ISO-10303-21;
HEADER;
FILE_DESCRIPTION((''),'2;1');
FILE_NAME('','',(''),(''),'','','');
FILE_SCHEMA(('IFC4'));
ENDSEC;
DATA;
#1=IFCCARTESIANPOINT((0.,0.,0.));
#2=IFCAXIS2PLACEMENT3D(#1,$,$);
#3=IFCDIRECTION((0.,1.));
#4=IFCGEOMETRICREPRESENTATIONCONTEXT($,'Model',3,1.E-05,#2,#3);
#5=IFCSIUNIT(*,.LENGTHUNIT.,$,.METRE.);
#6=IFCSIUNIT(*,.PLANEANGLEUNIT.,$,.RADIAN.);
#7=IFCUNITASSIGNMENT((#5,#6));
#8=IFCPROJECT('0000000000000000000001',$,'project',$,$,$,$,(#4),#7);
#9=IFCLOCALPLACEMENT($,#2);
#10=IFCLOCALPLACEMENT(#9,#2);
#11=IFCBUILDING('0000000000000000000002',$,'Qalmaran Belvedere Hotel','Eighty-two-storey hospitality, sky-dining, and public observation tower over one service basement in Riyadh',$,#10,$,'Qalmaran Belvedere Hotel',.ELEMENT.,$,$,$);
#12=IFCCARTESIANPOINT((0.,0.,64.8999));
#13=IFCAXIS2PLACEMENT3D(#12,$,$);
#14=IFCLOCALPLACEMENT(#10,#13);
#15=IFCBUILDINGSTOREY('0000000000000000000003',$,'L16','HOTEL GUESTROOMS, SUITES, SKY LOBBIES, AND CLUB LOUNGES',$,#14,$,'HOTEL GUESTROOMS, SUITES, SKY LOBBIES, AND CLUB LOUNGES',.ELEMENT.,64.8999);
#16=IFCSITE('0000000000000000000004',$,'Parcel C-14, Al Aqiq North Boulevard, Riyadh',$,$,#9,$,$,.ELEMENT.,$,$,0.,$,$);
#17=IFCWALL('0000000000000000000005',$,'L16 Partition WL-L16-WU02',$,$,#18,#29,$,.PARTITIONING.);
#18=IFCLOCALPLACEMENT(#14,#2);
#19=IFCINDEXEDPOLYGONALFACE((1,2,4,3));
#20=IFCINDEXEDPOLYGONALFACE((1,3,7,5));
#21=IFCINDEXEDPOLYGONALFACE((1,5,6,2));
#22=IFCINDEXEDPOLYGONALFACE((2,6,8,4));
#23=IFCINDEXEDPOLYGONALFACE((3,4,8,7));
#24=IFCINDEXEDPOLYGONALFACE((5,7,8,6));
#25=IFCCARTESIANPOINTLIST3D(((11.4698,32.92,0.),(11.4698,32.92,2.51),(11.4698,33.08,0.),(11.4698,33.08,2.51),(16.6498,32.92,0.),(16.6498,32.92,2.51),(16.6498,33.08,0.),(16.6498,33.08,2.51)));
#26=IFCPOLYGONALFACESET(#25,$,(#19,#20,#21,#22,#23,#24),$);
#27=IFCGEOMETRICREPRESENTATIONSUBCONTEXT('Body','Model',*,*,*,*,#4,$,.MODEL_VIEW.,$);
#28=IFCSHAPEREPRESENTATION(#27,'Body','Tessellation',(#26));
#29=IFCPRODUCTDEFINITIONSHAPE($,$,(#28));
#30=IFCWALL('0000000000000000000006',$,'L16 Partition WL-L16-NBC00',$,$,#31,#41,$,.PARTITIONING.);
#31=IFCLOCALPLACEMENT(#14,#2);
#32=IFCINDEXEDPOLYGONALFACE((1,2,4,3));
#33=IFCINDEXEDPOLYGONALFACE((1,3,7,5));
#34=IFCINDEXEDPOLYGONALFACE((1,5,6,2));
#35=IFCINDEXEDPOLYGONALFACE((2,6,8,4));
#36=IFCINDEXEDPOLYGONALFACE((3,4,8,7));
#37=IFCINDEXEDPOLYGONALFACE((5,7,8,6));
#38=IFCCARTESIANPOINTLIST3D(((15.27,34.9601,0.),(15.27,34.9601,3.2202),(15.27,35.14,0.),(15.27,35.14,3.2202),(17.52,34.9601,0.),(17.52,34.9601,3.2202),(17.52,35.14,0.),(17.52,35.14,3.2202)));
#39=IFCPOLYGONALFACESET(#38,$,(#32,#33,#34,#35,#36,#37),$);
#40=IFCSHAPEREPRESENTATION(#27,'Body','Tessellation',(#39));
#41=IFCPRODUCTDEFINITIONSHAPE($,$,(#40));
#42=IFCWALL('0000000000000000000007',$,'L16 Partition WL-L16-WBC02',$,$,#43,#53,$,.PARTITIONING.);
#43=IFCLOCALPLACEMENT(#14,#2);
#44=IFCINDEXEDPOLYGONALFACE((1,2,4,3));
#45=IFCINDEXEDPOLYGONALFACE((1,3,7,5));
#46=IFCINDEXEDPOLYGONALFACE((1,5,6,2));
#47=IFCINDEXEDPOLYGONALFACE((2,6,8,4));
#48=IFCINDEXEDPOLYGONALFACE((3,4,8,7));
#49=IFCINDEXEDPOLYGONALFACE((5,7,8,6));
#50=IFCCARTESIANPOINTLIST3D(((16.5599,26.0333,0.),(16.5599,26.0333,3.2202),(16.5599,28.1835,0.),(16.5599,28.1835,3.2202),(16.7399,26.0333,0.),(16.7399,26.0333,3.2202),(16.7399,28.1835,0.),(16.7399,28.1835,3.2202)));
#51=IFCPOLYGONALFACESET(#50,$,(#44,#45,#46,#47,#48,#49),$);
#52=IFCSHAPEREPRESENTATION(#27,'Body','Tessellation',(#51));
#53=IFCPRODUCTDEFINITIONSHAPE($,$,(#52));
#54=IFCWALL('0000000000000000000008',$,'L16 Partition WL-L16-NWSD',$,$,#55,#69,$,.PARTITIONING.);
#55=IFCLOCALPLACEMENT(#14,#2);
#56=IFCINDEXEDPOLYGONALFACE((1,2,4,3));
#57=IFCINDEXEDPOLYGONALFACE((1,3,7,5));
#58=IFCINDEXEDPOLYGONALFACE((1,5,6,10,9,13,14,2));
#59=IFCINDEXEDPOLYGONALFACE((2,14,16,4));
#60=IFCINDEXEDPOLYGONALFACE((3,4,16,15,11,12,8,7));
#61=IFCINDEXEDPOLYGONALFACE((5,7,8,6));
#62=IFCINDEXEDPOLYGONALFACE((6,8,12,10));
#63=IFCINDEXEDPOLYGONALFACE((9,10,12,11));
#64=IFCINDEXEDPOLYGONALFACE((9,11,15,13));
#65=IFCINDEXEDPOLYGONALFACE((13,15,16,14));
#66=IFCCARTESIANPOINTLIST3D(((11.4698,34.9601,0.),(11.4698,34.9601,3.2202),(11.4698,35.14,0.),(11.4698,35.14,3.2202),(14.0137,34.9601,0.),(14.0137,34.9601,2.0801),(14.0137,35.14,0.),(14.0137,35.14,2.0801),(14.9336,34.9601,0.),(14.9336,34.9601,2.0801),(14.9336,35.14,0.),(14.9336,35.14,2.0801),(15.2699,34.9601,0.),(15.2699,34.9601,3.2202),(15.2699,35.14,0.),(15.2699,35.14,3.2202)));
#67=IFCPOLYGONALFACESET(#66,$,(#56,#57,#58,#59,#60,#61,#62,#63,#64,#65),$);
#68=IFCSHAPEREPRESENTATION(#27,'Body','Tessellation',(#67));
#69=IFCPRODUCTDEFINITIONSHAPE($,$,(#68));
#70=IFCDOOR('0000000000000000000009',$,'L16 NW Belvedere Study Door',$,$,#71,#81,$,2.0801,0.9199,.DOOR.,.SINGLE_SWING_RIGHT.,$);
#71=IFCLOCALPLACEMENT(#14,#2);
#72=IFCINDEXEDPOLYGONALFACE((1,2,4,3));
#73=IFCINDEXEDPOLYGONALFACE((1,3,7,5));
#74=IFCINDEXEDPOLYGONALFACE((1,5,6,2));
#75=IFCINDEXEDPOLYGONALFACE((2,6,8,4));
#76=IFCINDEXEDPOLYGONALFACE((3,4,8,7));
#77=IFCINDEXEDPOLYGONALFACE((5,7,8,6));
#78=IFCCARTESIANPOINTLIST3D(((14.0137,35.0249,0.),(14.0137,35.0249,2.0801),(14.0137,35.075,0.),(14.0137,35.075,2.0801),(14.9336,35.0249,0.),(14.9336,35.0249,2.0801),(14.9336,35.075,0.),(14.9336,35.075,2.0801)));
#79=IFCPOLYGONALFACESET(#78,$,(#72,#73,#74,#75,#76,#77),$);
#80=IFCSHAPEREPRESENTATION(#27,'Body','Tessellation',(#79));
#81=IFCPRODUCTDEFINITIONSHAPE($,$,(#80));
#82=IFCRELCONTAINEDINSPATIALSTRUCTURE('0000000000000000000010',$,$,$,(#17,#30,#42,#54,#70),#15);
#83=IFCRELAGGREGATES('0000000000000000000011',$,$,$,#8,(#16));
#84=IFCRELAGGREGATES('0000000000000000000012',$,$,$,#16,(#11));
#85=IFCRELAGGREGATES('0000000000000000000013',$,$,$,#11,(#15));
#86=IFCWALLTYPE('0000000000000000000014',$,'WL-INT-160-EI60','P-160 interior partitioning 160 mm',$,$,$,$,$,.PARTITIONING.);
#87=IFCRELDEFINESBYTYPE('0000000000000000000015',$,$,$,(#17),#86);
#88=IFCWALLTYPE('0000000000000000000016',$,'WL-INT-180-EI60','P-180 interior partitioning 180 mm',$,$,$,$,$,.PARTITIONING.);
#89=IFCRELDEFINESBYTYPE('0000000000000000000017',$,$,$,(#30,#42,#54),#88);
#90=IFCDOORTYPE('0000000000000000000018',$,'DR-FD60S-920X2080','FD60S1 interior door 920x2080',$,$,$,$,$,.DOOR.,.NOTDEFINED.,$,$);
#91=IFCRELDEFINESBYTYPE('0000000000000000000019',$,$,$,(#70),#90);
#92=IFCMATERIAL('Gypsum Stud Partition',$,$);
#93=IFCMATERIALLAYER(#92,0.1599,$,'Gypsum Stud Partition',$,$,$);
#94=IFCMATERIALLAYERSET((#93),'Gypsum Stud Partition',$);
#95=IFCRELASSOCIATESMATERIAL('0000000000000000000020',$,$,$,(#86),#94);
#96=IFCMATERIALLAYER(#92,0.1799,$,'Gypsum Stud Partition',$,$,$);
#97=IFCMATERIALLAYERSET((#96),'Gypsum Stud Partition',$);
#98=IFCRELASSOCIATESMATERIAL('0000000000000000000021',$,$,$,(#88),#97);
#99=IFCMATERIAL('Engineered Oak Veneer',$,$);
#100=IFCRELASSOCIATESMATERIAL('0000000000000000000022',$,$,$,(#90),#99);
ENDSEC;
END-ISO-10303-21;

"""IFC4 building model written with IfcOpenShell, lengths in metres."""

from ifc_helpers import new_model, si_unit, direction, frame, frame_2d, origin, place, context, subcontext, project, spatial, rectangle, extrude, material, layer, layer_set, type_object, element, fill, save


model = new_model("IFC4")

# Units and contexts
model_context = context("Model", 3, precision=1e-05, world=origin(), true_north=direction((0.0, 1.0)))
body_context = subcontext(model_context, "Body", "Model", "MODEL_VIEW")
ifc_project = project(units=[si_unit("LENGTHUNIT", "METRE"), si_unit("PLANEANGLEUNIT", "RADIAN")], contexts=[model_context])

# Site, building, storey
site_placement = place(None, origin())
site = spatial("IfcSite", under=ifc_project, at=site_placement, Name="Parcel C-14, Al Aqiq North Boulevard, Riyadh", CompositionType="ELEMENT", RefElevation=0.0)
building_placement = place(site_placement, origin())
building = spatial("IfcBuilding", under=site, at=building_placement, Name="Qalmaran Belvedere Hotel", Description="Eighty-two-storey hospitality, sky-dining, and public observation tower over one service basement in Riyadh", LongName="Qalmaran Belvedere Hotel", CompositionType="ELEMENT")
storey_placement = place(building_placement, frame((0.0, 0.0, 64.8999)))
storey = spatial("IfcBuildingStorey", under=building, at=storey_placement, Name="L16", Description="HOTEL GUESTROOMS, SUITES, SKY LOBBIES, AND CLUB LOUNGES", LongName="HOTEL GUESTROOMS, SUITES, SKY LOBBIES, AND CLUB LOUNGES", CompositionType="ELEMENT", Elevation=64.8999)

# Shared definitions
ifc_material_1 = material(Name="Engineered Oak Veneer")

# Shared definitions
ifc_material_2 = material(Name="Gypsum Stud Partition")

# Walls
ifc_layer_1 = layer(ifc_material_2, 0.1599, Name="Gypsum Stud Partition")
ifc_layer_set_1 = layer_set([ifc_layer_1], Name="Gypsum Stud Partition")
wall_type_1 = type_object("IfcWallType", Name="WL-INT-160-EI60", Description="P-160 interior partitioning 160 mm", PredefinedType="PARTITIONING", material=ifc_layer_set_1)
wall_1_placement = place(storey_placement, frame((11.47, 33.0, 0.0), z_axis=(0.0, 0.0, 1.0), x_axis=(1.0, 0.0, 0.0)))
element("IfcWall", 1, at=wall_1_placement, inside=storey, type_object=wall_type_1, Name="L16 Partition WL-L16-WU02", PredefinedType="PARTITIONING", context=body_context, shape_type="SweptSolid", body=[
    extrude(rectangle(XDim=5.1799, YDim=0.1599, at=frame_2d((2.5898, 0.0))), origin(), (0.0, 0.0, 1.0), 2.51),
])
ifc_layer_2 = layer(ifc_material_2, 0.1799, Name="Gypsum Stud Partition")
ifc_layer_set_2 = layer_set([ifc_layer_2], Name="Gypsum Stud Partition")
wall_type_2 = type_object("IfcWallType", Name="WL-INT-180-EI60", Description="P-180 interior partitioning 180 mm", PredefinedType="PARTITIONING", material=ifc_layer_set_2)
wall_2_placement = place(storey_placement, frame((15.27, 35.05, 0.0), z_axis=(0.0, 0.0, 1.0), x_axis=(1.0, 0.0, 0.0)))
element("IfcWall", 2, at=wall_2_placement, inside=storey, type_object=wall_type_2, Name="L16 Partition WL-L16-NBC00", PredefinedType="PARTITIONING", context=body_context, shape_type="SweptSolid", body=[
    extrude(rectangle(XDim=2.25, YDim=0.1799, at=frame_2d((1.125, 0.0))), origin(), (0.0, 0.0, 1.0), 3.2202),
])

# Wall
wall_3_placement = place(storey_placement, frame((16.6499, 26.0332, 0.0), z_axis=(0.0, 0.0, 1.0), x_axis=(0.0, 1.0, 0.0)))
element("IfcWall", 3, at=wall_3_placement, inside=storey, type_object=wall_type_2, Name="L16 Partition WL-L16-WBC02", PredefinedType="PARTITIONING", context=body_context, shape_type="SweptSolid", body=[
    extrude(rectangle(XDim=2.1501, YDim=0.1799, at=frame_2d((1.0752, 0.0))), origin(), (0.0, 0.0, 1.0), 3.2202),
])

# Wall, opening, door
wall_4_placement = place(storey_placement, frame((11.47, 35.05, 0.0), z_axis=(0.0, 0.0, 1.0), x_axis=(1.0, 0.0, 0.0)))
wall_4 = element("IfcWall", 4, at=wall_4_placement, inside=storey, type_object=wall_type_2, Name="L16 Partition WL-L16-NWSD", PredefinedType="PARTITIONING", context=body_context, shape_type="SweptSolid", body=[
    extrude(rectangle(XDim=3.8, YDim=0.1799, at=frame_2d((1.8999, 0.0))), origin(), (0.0, 0.0, 1.0), 3.2202),
])
opening_1_placement = place(wall_4_placement, frame((2.5437, 0.0, 0.0)))
opening_1 = element("IfcOpeningElement", 5, at=opening_1_placement, cuts=wall_4, PredefinedType="OPENING", context=body_context, shape_type="SweptSolid", body=[
    extrude(rectangle(XDim=0.9199, YDim=2.0801, at=frame_2d((0.46, 1.04))), frame((0.0, 0.1001, 0.0), z_axis=(0.0, -1.0, 0.0), x_axis=(1.0, 0.0, 0.0)), (0.0, 0.0, 1.0), 0.2),
])
door_type_1 = type_object("IfcDoorType", Name="DR-FD60S-920X2080", Description="FD60S1 interior door 920x2080", OperationType="NOTDEFINED", PredefinedType="DOOR", material=ifc_material_1)
door_1_placement = place(opening_1_placement, origin())
door_1 = element("IfcDoor", 6, at=door_1_placement, inside=storey, type_object=door_type_1, Name="L16 NW Belvedere Study Door", OperationType="SINGLE_SWING_RIGHT", OverallHeight=2.0801, OverallWidth=0.9199, PredefinedType="DOOR", context=body_context, shape_type="SweptSolid", body=[
    extrude(rectangle(XDim=0.9199, YDim=2.0801, at=frame_2d((0.46, 1.04))), frame((0.0, 0.0249, 0.0), z_axis=(0.0, -1.0, 0.0), x_axis=(1.0, 0.0, 0.0)), (0.0, 0.0, 1.0), 0.05),
])
fill(opening_1, door_1)

save(model, "model.ifc")
